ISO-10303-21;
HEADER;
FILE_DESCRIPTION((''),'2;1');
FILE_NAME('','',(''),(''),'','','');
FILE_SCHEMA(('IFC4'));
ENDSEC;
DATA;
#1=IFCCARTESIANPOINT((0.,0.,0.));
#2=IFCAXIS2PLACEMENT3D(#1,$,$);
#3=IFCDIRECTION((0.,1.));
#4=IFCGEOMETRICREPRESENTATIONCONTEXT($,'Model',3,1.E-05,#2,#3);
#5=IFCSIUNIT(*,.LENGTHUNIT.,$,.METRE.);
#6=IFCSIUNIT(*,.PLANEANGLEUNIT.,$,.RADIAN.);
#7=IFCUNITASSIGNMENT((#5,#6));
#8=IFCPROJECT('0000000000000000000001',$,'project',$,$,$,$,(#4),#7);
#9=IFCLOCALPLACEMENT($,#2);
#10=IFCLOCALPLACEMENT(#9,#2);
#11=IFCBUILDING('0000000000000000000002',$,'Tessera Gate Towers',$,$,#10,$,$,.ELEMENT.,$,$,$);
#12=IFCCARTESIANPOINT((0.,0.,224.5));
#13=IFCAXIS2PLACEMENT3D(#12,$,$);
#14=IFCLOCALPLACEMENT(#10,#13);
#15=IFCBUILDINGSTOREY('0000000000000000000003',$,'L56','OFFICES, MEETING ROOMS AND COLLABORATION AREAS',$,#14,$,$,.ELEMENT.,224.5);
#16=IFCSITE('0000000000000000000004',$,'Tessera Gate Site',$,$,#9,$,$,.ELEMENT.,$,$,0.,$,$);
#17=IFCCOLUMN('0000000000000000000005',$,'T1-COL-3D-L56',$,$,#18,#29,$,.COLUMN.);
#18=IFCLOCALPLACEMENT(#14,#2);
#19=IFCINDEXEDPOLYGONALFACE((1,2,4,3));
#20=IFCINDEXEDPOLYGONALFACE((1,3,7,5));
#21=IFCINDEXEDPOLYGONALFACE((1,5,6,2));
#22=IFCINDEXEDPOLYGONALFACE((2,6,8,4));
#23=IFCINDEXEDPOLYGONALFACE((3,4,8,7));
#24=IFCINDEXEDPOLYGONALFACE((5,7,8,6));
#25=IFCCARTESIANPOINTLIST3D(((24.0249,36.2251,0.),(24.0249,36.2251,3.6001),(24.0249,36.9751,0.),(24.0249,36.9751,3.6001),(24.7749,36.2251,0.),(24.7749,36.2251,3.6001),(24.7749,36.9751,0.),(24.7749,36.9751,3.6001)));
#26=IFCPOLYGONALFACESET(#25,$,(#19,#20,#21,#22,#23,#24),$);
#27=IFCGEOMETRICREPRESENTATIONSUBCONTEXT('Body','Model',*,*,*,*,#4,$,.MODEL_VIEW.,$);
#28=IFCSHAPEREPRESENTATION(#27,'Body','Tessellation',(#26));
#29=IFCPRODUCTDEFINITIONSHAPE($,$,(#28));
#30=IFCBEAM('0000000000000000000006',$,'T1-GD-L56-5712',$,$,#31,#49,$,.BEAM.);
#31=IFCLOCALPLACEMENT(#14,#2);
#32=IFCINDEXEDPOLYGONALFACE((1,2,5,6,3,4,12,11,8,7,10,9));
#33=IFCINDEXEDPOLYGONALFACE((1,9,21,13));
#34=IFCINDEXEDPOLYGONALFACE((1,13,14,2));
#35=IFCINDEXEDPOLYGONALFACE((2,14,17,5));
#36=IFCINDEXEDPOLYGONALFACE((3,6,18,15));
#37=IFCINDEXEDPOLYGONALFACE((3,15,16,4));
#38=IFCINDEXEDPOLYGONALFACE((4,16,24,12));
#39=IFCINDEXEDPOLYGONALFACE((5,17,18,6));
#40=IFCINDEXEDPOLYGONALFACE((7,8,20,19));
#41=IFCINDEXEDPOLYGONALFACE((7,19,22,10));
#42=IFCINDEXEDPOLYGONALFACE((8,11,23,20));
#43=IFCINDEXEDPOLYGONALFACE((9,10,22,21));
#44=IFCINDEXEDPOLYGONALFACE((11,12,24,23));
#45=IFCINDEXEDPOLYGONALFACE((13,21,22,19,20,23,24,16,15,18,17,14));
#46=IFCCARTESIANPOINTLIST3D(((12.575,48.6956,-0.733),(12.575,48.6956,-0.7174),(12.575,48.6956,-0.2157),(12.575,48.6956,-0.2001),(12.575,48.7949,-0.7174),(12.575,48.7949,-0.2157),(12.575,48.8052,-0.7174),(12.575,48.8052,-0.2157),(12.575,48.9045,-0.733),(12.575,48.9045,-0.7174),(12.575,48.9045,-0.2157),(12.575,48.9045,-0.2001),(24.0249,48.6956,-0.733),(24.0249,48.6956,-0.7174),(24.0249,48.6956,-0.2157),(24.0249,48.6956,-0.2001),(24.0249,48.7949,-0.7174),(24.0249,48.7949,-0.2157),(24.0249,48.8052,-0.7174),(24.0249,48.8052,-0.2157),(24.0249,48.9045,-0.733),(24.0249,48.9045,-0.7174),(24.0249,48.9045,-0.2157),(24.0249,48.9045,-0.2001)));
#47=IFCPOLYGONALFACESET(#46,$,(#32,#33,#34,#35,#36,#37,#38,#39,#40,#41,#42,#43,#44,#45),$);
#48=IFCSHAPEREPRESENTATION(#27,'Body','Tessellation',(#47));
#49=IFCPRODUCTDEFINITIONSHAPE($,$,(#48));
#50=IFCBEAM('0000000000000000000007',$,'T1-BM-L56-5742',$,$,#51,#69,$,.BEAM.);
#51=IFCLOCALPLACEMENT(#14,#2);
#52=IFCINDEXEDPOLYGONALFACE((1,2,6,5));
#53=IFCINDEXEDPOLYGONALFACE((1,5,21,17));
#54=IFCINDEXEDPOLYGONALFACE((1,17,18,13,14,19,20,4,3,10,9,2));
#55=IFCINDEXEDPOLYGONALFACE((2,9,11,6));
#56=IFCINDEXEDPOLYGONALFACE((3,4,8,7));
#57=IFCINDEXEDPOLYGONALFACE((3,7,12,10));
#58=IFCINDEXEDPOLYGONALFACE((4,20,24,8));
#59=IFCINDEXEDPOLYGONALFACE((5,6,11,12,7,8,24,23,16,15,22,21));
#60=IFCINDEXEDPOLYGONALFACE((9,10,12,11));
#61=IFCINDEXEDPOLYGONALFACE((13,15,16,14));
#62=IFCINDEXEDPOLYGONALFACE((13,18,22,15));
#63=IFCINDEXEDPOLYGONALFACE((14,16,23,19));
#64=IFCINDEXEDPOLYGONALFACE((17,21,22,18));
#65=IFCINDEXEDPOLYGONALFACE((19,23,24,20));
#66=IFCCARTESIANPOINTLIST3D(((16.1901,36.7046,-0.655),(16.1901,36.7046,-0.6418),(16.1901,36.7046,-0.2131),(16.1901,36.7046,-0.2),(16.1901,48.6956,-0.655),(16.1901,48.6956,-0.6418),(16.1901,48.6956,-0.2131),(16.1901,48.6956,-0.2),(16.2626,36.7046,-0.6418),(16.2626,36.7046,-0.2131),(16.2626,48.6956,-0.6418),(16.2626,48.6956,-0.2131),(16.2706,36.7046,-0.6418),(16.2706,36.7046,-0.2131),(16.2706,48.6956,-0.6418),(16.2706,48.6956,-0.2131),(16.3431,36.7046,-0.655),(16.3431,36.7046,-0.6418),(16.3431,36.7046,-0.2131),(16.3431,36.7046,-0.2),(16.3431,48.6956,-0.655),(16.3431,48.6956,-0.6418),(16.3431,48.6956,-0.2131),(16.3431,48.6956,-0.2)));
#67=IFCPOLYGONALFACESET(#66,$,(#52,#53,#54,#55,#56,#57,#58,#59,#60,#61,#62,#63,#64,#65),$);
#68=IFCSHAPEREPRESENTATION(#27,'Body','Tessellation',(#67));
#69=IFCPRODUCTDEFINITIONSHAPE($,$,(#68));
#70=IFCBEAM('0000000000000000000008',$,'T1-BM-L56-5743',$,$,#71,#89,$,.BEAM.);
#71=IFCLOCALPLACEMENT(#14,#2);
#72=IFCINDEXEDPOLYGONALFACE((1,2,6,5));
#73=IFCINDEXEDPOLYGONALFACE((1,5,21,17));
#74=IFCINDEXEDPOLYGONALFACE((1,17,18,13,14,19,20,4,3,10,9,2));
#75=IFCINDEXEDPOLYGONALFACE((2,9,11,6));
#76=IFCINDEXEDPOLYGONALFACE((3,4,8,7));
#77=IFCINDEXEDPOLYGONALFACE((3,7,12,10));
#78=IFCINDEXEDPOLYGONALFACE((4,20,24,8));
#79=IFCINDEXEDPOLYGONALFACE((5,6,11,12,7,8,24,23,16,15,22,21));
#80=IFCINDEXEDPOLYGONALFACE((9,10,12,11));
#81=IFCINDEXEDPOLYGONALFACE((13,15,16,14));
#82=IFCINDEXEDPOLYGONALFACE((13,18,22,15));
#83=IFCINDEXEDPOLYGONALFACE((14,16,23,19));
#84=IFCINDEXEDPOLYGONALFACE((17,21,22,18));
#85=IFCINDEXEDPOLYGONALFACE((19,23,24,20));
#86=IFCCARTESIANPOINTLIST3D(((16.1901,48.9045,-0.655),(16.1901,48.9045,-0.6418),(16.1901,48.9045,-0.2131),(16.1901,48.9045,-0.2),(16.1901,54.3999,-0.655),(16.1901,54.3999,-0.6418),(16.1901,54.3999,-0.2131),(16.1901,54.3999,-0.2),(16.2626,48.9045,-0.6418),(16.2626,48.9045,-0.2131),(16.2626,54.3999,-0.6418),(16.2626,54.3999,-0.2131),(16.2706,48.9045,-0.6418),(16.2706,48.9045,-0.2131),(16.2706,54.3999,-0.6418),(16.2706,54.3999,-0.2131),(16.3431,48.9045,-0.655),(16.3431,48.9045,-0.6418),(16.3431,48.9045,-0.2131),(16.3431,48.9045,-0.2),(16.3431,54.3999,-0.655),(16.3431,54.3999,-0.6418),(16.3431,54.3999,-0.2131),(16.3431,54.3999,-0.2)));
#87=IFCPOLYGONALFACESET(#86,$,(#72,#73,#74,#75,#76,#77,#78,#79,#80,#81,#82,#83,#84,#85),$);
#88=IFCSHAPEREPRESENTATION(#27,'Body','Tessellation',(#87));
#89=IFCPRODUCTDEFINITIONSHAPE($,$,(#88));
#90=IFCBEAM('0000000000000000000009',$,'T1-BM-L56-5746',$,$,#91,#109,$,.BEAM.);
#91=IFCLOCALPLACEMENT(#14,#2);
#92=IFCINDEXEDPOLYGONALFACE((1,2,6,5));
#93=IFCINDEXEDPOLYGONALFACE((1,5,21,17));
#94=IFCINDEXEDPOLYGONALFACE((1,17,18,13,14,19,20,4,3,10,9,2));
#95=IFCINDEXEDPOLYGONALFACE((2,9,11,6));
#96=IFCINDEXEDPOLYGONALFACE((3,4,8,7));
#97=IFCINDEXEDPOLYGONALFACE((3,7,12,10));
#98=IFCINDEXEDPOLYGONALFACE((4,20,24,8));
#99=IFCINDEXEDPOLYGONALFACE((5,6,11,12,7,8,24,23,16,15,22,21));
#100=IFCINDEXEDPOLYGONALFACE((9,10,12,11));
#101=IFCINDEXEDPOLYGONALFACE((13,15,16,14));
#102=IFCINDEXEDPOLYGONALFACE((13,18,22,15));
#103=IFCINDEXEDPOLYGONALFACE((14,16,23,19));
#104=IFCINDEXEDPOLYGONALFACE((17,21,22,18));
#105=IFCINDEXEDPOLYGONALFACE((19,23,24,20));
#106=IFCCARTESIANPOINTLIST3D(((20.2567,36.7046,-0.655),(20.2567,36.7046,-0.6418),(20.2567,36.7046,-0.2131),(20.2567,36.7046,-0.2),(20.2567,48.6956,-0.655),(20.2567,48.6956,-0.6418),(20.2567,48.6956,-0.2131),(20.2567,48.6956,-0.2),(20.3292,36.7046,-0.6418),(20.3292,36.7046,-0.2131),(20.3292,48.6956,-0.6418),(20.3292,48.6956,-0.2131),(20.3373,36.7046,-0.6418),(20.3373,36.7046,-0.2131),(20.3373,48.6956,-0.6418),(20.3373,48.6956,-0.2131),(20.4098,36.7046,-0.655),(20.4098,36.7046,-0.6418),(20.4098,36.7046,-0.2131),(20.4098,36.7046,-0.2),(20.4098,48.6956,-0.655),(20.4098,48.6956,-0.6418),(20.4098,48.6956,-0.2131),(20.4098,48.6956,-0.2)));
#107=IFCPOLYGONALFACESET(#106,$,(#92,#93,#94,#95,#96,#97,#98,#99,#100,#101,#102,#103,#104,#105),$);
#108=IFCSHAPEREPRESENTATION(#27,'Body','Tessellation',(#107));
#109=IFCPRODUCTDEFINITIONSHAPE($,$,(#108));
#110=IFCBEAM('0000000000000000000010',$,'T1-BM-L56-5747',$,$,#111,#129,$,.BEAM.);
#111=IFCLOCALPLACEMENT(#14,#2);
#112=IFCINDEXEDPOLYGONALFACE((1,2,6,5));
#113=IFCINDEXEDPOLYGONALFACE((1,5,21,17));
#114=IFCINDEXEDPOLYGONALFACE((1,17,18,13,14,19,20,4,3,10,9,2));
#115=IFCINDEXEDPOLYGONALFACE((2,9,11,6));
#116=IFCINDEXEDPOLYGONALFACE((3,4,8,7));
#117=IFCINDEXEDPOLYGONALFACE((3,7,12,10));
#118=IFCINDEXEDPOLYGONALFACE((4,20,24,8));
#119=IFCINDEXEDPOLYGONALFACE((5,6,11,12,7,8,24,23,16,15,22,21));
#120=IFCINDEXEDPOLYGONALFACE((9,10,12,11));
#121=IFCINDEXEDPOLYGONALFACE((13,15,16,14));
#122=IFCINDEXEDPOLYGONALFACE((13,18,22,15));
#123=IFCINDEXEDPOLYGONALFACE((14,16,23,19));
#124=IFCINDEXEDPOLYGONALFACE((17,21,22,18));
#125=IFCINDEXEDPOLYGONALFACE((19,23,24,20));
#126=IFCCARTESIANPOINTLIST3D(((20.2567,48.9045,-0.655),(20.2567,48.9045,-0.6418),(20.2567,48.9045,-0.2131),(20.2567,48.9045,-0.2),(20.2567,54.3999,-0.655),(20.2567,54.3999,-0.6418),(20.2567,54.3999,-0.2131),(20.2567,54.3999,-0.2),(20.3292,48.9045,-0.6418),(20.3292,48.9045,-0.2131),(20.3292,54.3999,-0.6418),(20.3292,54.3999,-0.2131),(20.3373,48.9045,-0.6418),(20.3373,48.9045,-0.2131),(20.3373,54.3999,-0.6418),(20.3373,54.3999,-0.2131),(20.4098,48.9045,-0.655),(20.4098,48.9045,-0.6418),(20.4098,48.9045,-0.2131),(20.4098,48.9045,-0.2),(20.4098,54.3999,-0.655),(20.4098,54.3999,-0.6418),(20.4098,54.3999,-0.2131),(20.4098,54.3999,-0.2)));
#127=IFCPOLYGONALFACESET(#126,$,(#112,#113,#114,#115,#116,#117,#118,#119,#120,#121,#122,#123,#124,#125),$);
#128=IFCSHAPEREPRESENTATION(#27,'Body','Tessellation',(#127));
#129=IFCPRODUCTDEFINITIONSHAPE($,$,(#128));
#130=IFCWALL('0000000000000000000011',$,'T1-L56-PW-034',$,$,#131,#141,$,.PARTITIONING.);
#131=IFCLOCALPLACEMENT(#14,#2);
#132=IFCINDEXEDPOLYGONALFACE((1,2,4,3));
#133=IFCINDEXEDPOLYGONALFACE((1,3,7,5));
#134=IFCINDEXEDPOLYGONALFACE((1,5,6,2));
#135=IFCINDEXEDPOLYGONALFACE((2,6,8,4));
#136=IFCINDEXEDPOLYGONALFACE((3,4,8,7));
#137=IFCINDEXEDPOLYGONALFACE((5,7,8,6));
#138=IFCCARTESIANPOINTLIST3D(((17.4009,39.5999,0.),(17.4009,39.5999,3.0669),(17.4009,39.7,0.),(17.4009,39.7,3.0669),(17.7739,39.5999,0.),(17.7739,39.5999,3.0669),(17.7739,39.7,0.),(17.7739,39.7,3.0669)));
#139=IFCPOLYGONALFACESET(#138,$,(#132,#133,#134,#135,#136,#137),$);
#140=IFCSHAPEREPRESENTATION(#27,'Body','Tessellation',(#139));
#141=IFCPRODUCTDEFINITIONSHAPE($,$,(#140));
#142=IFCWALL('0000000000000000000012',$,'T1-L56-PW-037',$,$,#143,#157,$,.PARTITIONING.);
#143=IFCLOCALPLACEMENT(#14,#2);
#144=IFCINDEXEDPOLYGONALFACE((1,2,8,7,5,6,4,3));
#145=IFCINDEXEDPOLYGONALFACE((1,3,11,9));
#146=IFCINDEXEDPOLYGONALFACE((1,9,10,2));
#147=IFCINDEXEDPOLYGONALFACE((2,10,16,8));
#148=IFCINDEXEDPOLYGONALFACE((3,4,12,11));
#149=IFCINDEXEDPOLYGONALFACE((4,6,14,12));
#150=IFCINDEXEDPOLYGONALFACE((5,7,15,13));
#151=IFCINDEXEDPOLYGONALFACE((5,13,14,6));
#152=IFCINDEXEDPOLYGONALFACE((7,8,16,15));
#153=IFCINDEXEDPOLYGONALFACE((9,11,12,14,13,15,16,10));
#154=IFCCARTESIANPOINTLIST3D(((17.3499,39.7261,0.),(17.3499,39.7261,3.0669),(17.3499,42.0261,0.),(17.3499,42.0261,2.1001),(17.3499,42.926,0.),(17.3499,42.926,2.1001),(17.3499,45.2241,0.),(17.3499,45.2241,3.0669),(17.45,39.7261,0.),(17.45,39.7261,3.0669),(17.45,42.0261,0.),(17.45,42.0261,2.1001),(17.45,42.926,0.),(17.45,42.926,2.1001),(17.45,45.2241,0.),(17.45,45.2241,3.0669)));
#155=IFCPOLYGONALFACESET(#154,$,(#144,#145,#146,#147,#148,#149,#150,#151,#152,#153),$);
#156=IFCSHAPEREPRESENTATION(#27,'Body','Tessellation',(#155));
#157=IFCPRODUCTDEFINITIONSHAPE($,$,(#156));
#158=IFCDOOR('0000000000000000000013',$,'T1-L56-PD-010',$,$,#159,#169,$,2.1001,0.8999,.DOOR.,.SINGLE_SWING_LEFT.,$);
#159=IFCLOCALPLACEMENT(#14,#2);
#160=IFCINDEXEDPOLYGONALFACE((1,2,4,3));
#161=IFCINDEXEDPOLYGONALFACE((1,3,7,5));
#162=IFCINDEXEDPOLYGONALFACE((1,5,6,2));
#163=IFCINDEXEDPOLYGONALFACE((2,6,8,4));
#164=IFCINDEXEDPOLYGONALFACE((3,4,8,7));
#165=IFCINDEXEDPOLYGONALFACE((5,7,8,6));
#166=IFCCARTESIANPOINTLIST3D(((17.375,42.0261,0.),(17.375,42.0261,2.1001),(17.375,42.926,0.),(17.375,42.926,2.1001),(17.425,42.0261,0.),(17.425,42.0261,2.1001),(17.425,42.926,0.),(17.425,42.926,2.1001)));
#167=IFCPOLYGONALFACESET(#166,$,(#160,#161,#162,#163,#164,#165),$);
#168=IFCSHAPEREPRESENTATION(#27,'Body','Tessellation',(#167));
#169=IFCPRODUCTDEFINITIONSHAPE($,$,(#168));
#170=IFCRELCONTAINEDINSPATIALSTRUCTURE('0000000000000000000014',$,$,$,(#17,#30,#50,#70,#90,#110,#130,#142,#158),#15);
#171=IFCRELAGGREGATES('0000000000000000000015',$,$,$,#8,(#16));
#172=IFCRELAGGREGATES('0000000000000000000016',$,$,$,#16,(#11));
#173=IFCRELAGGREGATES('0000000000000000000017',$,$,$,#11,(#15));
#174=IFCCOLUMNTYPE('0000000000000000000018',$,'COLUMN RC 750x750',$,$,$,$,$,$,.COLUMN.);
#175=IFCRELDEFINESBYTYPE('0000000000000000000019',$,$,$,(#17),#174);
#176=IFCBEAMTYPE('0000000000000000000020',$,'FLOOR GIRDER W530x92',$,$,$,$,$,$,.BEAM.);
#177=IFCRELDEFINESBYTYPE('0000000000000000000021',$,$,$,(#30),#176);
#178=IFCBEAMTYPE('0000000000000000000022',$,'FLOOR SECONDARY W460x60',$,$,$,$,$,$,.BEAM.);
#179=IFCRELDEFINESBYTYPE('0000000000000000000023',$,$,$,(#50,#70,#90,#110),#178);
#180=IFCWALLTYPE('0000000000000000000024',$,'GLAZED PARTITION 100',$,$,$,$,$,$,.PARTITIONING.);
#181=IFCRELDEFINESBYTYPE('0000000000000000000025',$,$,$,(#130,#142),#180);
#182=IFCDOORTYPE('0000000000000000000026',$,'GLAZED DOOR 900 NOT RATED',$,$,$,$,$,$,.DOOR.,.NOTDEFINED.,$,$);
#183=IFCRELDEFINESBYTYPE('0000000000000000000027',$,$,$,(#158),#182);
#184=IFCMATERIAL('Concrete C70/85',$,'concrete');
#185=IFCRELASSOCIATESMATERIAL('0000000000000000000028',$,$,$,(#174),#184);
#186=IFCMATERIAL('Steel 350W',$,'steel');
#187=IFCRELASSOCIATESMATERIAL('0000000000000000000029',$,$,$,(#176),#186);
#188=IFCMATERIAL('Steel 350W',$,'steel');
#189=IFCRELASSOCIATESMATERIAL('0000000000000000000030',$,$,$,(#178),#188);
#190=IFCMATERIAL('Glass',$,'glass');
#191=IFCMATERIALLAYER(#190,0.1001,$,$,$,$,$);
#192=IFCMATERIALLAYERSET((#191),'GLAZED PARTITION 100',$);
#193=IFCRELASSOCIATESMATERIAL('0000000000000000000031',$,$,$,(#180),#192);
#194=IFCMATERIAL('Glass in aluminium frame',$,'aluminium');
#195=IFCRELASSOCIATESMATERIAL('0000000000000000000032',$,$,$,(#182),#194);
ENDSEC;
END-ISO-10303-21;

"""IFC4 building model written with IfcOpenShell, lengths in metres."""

from ifc_helpers import new_model, si_unit, direction, frame, frame_2d, origin, origin_2d, place, context, subcontext, project, spatial, rectangle, i_section, extrude, source, transform, mapped, material, layer, layer_set, material_profile, profile_set, type_object, element, fill, save


model = new_model("IFC4")

# Units and contexts
model_context = context("Model", 3, precision=1e-05, world=origin(), true_north=direction((0.0, 1.0)))
body_context = subcontext(model_context, "Body", "Model", "MODEL_VIEW")
ifc_project = project(units=[si_unit("LENGTHUNIT", "METRE"), si_unit("PLANEANGLEUNIT", "RADIAN")], contexts=[model_context])

# Site, building, storey
site_placement = place(None, origin())
site = spatial("IfcSite", under=ifc_project, at=site_placement, Name="Tessera Gate Site", CompositionType="ELEMENT", RefElevation=0.0)
building_placement = place(site_placement, origin())
building = spatial("IfcBuilding", under=site, at=building_placement, Name="Tessera Gate Towers", CompositionType="ELEMENT")
storey_placement = place(building_placement, frame((0.0, 0.0, 224.5)))
storey = spatial("IfcBuildingStorey", under=building, at=storey_placement, Name="L56", Description="OFFICES, MEETING ROOMS AND COLLABORATION AREAS", CompositionType="ELEMENT", Elevation=224.5)

# Column
ifc_material_1 = material(Name="Concrete C70/85", Category="concrete")
ifc_material_profile_1 = material_profile(ifc_material_1, rectangle(XDim=0.75, YDim=0.75, at=origin_2d()), Name="RC 750x750")
ifc_profile_set_1 = profile_set([ifc_material_profile_1], Name="Concrete C70/85")
column_type = type_object("IfcColumnType", Name="COLUMN RC 750x750", PredefinedType="COLUMN", material=ifc_profile_set_1)
column_placement = place(storey_placement, frame((24.3999, 36.6001, 0.0), z_axis=(0.0, 0.0, 1.0), x_axis=(1.0, 0.0, 0.0)))
element("IfcColumn", 1, at=column_placement, inside=storey, type_object=column_type, Name="T1-COL-3D-L56", PredefinedType="COLUMN", context=body_context, shape_type="SweptSolid", body=[
    extrude(rectangle(XDim=0.75, YDim=0.75, at=origin_2d()), origin(), (0.0, 0.0, 1.0), 3.6001),
])

# Beams
ifc_material_2 = material(Name="Steel 350W", Category="steel")
ifc_material_profile_2 = material_profile(ifc_material_2, i_section(OverallWidth=0.209, OverallDepth=0.533, WebThickness=0.0103, FlangeThickness=0.0156, at=origin_2d()), Name="W530x92")
ifc_profile_set_2 = profile_set([ifc_material_profile_2], Name="Steel 350W")
beam_type_1 = type_object("IfcBeamType", Name="FLOOR GIRDER W530x92", PredefinedType="BEAM", material=ifc_profile_set_2)
beam_1_placement = place(storey_placement, frame((12.575, 48.8, -0.4666), z_axis=(1.0, 0.0, 0.0), x_axis=(0.0, 1.0, 0.0)))
element("IfcBeam", 2, at=beam_1_placement, inside=storey, type_object=beam_type_1, Name="T1-GD-L56-5712", PredefinedType="BEAM", context=body_context, shape_type="SweptSolid", body=[
    extrude(i_section(OverallWidth=0.209, OverallDepth=0.533, WebThickness=0.0103, FlangeThickness=0.0156, at=origin_2d()), origin(), (0.0, 0.0, 1.0), 11.45),
])
ifc_material_3 = material(Name="Steel 350W", Category="steel")
ifc_material_profile_3 = material_profile(ifc_material_3, i_section(OverallWidth=0.1531, OverallDepth=0.4551, WebThickness=0.0081, FlangeThickness=0.0132, at=origin_2d()), Name="W460x60")
ifc_profile_set_3 = profile_set([ifc_material_profile_3], Name="Steel 350W")
beam_type_2 = type_object("IfcBeamType", Name="FLOOR SECONDARY W460x60", PredefinedType="BEAM", material=ifc_profile_set_3)
beam_2_placement = place(storey_placement, frame((16.2666, 36.7046, -0.4275), z_axis=(0.0, 1.0, 0.0), x_axis=(-1.0, 0.0, 0.0)))
element("IfcBeam", 3, at=beam_2_placement, inside=storey, type_object=beam_type_2, Name="T1-BM-L56-5742", PredefinedType="BEAM", context=body_context, shape_type="SweptSolid", body=[
    extrude(i_section(OverallWidth=0.1531, OverallDepth=0.4551, WebThickness=0.0081, FlangeThickness=0.0132, at=origin_2d()), origin(), (0.0, 0.0, 1.0), 11.991),
])
beam_3_placement = place(storey_placement, frame((16.2666, 48.9045, -0.4275), z_axis=(0.0, 1.0, 0.0), x_axis=(-1.0, 0.0, 0.0)))
element("IfcBeam", 4, at=beam_3_placement, inside=storey, type_object=beam_type_2, Name="T1-BM-L56-5743", PredefinedType="BEAM", context=body_context, shape_type="SweptSolid", body=[
    extrude(i_section(OverallWidth=0.1531, OverallDepth=0.4551, WebThickness=0.0081, FlangeThickness=0.0132, at=origin_2d()), origin(), (0.0, 0.0, 1.0), 5.4954),
])
beam_4_placement = place(storey_placement, frame((20.3333, 36.7046, -0.4275), z_axis=(0.0, 1.0, 0.0), x_axis=(-1.0, 0.0, 0.0)))
element("IfcBeam", 5, at=beam_4_placement, inside=storey, type_object=beam_type_2, Name="T1-BM-L56-5746", PredefinedType="BEAM", context=body_context, shape_type="SweptSolid", body=[
    extrude(i_section(OverallWidth=0.1531, OverallDepth=0.4551, WebThickness=0.0081, FlangeThickness=0.0132, at=origin_2d()), origin(), (0.0, 0.0, 1.0), 11.991),
])
beam_5_placement = place(storey_placement, frame((20.3333, 48.9045, -0.4275), z_axis=(0.0, 1.0, 0.0), x_axis=(-1.0, 0.0, 0.0)))
element("IfcBeam", 6, at=beam_5_placement, inside=storey, type_object=beam_type_2, Name="T1-BM-L56-5747", PredefinedType="BEAM", context=body_context, shape_type="SweptSolid", body=[
    extrude(i_section(OverallWidth=0.1531, OverallDepth=0.4551, WebThickness=0.0081, FlangeThickness=0.0132, at=origin_2d()), origin(), (0.0, 0.0, 1.0), 5.4954),
])

# Wall
ifc_material_4 = material(Name="Glass", Category="glass")
ifc_layer_1 = layer(ifc_material_4, 0.1001)
ifc_layer_set_1 = layer_set([ifc_layer_1], Name="GLAZED PARTITION 100")
wall_type_1 = type_object("IfcWallType", Name="GLAZED PARTITION 100", PredefinedType="PARTITIONING", material=ifc_layer_set_1)
wall_1_placement = place(storey_placement, frame((17.4009, 39.6499, 0.0), z_axis=(0.0, 0.0, 1.0), x_axis=(1.0, 0.0, 0.0)))
element("IfcWall", 7, at=wall_1_placement, inside=storey, type_object=wall_type_1, Name="T1-L56-PW-034", PredefinedType="PARTITIONING", context=body_context, shape_type="SweptSolid", body=[
    extrude(rectangle(XDim=0.373, YDim=0.1001, at=frame_2d((0.1865, 0.0))), origin(), (0.0, 0.0, 1.0), 3.0669),
])

# Wall, opening, door
wall_2_placement = place(storey_placement, frame((17.3999, 39.7261, 0.0), z_axis=(0.0, 0.0, 1.0), x_axis=(0.0, 1.0, 0.0)))
wall_2 = element("IfcWall", 8, at=wall_2_placement, inside=storey, type_object=wall_type_1, Name="T1-L56-PW-037", PredefinedType="PARTITIONING", context=body_context, shape_type="SweptSolid", body=[
    extrude(rectangle(XDim=5.498, YDim=0.1001, at=frame_2d((2.749, 0.0))), origin(), (0.0, 0.0, 1.0), 3.0669),
])
shared_shape_1 = source(origin(), body_context, "Body", "SweptSolid", [
    extrude(rectangle(XDim=0.8999, YDim=2.1001, at=frame_2d((0.45, 1.05))), frame((0.0, 0.0601, 0.0), z_axis=(0.0, -1.0, 0.0), x_axis=(1.0, 0.0, 0.0)), (0.0, 0.0, 1.0), 0.1201),
])
opening_1_placement = place(wall_2_placement, frame((2.3, 0.0, 0.0)))
opening_1 = element("IfcOpeningElement", 9, at=opening_1_placement, cuts=wall_2, PredefinedType="OPENING", context=body_context, shape_type="MappedRepresentation", body=[
    mapped(shared_shape_1, transform((0.0, 0.0, 0.0), scale=1.0)),
])
ifc_material_5 = material(Name="Glass in aluminium frame", Category="aluminium")
door_type_1 = type_object("IfcDoorType", Name="GLAZED DOOR 900 NOT RATED", OperationType="NOTDEFINED", PredefinedType="DOOR", material=ifc_material_5)
shared_shape_2 = source(origin(), body_context, "Body", "SweptSolid", [
    extrude(rectangle(XDim=0.8999, YDim=2.1001, at=frame_2d((0.45, 1.05))), frame((0.0, 0.0249, 0.0), z_axis=(0.0, -1.0, 0.0), x_axis=(1.0, 0.0, 0.0)), (0.0, 0.0, 1.0), 0.05),
])
door_1_placement = place(opening_1_placement, origin())
door_1 = element("IfcDoor", 10, at=door_1_placement, inside=storey, type_object=door_type_1, Name="T1-L56-PD-010", OperationType="SINGLE_SWING_LEFT", OverallHeight=2.1001, OverallWidth=0.8999, PredefinedType="DOOR", context=body_context, shape_type="MappedRepresentation", body=[
    mapped(shared_shape_2, transform((0.0, 0.0, 0.0), scale=1.0)),
])
fill(opening_1, door_1)

save(model, "model.ifc")
